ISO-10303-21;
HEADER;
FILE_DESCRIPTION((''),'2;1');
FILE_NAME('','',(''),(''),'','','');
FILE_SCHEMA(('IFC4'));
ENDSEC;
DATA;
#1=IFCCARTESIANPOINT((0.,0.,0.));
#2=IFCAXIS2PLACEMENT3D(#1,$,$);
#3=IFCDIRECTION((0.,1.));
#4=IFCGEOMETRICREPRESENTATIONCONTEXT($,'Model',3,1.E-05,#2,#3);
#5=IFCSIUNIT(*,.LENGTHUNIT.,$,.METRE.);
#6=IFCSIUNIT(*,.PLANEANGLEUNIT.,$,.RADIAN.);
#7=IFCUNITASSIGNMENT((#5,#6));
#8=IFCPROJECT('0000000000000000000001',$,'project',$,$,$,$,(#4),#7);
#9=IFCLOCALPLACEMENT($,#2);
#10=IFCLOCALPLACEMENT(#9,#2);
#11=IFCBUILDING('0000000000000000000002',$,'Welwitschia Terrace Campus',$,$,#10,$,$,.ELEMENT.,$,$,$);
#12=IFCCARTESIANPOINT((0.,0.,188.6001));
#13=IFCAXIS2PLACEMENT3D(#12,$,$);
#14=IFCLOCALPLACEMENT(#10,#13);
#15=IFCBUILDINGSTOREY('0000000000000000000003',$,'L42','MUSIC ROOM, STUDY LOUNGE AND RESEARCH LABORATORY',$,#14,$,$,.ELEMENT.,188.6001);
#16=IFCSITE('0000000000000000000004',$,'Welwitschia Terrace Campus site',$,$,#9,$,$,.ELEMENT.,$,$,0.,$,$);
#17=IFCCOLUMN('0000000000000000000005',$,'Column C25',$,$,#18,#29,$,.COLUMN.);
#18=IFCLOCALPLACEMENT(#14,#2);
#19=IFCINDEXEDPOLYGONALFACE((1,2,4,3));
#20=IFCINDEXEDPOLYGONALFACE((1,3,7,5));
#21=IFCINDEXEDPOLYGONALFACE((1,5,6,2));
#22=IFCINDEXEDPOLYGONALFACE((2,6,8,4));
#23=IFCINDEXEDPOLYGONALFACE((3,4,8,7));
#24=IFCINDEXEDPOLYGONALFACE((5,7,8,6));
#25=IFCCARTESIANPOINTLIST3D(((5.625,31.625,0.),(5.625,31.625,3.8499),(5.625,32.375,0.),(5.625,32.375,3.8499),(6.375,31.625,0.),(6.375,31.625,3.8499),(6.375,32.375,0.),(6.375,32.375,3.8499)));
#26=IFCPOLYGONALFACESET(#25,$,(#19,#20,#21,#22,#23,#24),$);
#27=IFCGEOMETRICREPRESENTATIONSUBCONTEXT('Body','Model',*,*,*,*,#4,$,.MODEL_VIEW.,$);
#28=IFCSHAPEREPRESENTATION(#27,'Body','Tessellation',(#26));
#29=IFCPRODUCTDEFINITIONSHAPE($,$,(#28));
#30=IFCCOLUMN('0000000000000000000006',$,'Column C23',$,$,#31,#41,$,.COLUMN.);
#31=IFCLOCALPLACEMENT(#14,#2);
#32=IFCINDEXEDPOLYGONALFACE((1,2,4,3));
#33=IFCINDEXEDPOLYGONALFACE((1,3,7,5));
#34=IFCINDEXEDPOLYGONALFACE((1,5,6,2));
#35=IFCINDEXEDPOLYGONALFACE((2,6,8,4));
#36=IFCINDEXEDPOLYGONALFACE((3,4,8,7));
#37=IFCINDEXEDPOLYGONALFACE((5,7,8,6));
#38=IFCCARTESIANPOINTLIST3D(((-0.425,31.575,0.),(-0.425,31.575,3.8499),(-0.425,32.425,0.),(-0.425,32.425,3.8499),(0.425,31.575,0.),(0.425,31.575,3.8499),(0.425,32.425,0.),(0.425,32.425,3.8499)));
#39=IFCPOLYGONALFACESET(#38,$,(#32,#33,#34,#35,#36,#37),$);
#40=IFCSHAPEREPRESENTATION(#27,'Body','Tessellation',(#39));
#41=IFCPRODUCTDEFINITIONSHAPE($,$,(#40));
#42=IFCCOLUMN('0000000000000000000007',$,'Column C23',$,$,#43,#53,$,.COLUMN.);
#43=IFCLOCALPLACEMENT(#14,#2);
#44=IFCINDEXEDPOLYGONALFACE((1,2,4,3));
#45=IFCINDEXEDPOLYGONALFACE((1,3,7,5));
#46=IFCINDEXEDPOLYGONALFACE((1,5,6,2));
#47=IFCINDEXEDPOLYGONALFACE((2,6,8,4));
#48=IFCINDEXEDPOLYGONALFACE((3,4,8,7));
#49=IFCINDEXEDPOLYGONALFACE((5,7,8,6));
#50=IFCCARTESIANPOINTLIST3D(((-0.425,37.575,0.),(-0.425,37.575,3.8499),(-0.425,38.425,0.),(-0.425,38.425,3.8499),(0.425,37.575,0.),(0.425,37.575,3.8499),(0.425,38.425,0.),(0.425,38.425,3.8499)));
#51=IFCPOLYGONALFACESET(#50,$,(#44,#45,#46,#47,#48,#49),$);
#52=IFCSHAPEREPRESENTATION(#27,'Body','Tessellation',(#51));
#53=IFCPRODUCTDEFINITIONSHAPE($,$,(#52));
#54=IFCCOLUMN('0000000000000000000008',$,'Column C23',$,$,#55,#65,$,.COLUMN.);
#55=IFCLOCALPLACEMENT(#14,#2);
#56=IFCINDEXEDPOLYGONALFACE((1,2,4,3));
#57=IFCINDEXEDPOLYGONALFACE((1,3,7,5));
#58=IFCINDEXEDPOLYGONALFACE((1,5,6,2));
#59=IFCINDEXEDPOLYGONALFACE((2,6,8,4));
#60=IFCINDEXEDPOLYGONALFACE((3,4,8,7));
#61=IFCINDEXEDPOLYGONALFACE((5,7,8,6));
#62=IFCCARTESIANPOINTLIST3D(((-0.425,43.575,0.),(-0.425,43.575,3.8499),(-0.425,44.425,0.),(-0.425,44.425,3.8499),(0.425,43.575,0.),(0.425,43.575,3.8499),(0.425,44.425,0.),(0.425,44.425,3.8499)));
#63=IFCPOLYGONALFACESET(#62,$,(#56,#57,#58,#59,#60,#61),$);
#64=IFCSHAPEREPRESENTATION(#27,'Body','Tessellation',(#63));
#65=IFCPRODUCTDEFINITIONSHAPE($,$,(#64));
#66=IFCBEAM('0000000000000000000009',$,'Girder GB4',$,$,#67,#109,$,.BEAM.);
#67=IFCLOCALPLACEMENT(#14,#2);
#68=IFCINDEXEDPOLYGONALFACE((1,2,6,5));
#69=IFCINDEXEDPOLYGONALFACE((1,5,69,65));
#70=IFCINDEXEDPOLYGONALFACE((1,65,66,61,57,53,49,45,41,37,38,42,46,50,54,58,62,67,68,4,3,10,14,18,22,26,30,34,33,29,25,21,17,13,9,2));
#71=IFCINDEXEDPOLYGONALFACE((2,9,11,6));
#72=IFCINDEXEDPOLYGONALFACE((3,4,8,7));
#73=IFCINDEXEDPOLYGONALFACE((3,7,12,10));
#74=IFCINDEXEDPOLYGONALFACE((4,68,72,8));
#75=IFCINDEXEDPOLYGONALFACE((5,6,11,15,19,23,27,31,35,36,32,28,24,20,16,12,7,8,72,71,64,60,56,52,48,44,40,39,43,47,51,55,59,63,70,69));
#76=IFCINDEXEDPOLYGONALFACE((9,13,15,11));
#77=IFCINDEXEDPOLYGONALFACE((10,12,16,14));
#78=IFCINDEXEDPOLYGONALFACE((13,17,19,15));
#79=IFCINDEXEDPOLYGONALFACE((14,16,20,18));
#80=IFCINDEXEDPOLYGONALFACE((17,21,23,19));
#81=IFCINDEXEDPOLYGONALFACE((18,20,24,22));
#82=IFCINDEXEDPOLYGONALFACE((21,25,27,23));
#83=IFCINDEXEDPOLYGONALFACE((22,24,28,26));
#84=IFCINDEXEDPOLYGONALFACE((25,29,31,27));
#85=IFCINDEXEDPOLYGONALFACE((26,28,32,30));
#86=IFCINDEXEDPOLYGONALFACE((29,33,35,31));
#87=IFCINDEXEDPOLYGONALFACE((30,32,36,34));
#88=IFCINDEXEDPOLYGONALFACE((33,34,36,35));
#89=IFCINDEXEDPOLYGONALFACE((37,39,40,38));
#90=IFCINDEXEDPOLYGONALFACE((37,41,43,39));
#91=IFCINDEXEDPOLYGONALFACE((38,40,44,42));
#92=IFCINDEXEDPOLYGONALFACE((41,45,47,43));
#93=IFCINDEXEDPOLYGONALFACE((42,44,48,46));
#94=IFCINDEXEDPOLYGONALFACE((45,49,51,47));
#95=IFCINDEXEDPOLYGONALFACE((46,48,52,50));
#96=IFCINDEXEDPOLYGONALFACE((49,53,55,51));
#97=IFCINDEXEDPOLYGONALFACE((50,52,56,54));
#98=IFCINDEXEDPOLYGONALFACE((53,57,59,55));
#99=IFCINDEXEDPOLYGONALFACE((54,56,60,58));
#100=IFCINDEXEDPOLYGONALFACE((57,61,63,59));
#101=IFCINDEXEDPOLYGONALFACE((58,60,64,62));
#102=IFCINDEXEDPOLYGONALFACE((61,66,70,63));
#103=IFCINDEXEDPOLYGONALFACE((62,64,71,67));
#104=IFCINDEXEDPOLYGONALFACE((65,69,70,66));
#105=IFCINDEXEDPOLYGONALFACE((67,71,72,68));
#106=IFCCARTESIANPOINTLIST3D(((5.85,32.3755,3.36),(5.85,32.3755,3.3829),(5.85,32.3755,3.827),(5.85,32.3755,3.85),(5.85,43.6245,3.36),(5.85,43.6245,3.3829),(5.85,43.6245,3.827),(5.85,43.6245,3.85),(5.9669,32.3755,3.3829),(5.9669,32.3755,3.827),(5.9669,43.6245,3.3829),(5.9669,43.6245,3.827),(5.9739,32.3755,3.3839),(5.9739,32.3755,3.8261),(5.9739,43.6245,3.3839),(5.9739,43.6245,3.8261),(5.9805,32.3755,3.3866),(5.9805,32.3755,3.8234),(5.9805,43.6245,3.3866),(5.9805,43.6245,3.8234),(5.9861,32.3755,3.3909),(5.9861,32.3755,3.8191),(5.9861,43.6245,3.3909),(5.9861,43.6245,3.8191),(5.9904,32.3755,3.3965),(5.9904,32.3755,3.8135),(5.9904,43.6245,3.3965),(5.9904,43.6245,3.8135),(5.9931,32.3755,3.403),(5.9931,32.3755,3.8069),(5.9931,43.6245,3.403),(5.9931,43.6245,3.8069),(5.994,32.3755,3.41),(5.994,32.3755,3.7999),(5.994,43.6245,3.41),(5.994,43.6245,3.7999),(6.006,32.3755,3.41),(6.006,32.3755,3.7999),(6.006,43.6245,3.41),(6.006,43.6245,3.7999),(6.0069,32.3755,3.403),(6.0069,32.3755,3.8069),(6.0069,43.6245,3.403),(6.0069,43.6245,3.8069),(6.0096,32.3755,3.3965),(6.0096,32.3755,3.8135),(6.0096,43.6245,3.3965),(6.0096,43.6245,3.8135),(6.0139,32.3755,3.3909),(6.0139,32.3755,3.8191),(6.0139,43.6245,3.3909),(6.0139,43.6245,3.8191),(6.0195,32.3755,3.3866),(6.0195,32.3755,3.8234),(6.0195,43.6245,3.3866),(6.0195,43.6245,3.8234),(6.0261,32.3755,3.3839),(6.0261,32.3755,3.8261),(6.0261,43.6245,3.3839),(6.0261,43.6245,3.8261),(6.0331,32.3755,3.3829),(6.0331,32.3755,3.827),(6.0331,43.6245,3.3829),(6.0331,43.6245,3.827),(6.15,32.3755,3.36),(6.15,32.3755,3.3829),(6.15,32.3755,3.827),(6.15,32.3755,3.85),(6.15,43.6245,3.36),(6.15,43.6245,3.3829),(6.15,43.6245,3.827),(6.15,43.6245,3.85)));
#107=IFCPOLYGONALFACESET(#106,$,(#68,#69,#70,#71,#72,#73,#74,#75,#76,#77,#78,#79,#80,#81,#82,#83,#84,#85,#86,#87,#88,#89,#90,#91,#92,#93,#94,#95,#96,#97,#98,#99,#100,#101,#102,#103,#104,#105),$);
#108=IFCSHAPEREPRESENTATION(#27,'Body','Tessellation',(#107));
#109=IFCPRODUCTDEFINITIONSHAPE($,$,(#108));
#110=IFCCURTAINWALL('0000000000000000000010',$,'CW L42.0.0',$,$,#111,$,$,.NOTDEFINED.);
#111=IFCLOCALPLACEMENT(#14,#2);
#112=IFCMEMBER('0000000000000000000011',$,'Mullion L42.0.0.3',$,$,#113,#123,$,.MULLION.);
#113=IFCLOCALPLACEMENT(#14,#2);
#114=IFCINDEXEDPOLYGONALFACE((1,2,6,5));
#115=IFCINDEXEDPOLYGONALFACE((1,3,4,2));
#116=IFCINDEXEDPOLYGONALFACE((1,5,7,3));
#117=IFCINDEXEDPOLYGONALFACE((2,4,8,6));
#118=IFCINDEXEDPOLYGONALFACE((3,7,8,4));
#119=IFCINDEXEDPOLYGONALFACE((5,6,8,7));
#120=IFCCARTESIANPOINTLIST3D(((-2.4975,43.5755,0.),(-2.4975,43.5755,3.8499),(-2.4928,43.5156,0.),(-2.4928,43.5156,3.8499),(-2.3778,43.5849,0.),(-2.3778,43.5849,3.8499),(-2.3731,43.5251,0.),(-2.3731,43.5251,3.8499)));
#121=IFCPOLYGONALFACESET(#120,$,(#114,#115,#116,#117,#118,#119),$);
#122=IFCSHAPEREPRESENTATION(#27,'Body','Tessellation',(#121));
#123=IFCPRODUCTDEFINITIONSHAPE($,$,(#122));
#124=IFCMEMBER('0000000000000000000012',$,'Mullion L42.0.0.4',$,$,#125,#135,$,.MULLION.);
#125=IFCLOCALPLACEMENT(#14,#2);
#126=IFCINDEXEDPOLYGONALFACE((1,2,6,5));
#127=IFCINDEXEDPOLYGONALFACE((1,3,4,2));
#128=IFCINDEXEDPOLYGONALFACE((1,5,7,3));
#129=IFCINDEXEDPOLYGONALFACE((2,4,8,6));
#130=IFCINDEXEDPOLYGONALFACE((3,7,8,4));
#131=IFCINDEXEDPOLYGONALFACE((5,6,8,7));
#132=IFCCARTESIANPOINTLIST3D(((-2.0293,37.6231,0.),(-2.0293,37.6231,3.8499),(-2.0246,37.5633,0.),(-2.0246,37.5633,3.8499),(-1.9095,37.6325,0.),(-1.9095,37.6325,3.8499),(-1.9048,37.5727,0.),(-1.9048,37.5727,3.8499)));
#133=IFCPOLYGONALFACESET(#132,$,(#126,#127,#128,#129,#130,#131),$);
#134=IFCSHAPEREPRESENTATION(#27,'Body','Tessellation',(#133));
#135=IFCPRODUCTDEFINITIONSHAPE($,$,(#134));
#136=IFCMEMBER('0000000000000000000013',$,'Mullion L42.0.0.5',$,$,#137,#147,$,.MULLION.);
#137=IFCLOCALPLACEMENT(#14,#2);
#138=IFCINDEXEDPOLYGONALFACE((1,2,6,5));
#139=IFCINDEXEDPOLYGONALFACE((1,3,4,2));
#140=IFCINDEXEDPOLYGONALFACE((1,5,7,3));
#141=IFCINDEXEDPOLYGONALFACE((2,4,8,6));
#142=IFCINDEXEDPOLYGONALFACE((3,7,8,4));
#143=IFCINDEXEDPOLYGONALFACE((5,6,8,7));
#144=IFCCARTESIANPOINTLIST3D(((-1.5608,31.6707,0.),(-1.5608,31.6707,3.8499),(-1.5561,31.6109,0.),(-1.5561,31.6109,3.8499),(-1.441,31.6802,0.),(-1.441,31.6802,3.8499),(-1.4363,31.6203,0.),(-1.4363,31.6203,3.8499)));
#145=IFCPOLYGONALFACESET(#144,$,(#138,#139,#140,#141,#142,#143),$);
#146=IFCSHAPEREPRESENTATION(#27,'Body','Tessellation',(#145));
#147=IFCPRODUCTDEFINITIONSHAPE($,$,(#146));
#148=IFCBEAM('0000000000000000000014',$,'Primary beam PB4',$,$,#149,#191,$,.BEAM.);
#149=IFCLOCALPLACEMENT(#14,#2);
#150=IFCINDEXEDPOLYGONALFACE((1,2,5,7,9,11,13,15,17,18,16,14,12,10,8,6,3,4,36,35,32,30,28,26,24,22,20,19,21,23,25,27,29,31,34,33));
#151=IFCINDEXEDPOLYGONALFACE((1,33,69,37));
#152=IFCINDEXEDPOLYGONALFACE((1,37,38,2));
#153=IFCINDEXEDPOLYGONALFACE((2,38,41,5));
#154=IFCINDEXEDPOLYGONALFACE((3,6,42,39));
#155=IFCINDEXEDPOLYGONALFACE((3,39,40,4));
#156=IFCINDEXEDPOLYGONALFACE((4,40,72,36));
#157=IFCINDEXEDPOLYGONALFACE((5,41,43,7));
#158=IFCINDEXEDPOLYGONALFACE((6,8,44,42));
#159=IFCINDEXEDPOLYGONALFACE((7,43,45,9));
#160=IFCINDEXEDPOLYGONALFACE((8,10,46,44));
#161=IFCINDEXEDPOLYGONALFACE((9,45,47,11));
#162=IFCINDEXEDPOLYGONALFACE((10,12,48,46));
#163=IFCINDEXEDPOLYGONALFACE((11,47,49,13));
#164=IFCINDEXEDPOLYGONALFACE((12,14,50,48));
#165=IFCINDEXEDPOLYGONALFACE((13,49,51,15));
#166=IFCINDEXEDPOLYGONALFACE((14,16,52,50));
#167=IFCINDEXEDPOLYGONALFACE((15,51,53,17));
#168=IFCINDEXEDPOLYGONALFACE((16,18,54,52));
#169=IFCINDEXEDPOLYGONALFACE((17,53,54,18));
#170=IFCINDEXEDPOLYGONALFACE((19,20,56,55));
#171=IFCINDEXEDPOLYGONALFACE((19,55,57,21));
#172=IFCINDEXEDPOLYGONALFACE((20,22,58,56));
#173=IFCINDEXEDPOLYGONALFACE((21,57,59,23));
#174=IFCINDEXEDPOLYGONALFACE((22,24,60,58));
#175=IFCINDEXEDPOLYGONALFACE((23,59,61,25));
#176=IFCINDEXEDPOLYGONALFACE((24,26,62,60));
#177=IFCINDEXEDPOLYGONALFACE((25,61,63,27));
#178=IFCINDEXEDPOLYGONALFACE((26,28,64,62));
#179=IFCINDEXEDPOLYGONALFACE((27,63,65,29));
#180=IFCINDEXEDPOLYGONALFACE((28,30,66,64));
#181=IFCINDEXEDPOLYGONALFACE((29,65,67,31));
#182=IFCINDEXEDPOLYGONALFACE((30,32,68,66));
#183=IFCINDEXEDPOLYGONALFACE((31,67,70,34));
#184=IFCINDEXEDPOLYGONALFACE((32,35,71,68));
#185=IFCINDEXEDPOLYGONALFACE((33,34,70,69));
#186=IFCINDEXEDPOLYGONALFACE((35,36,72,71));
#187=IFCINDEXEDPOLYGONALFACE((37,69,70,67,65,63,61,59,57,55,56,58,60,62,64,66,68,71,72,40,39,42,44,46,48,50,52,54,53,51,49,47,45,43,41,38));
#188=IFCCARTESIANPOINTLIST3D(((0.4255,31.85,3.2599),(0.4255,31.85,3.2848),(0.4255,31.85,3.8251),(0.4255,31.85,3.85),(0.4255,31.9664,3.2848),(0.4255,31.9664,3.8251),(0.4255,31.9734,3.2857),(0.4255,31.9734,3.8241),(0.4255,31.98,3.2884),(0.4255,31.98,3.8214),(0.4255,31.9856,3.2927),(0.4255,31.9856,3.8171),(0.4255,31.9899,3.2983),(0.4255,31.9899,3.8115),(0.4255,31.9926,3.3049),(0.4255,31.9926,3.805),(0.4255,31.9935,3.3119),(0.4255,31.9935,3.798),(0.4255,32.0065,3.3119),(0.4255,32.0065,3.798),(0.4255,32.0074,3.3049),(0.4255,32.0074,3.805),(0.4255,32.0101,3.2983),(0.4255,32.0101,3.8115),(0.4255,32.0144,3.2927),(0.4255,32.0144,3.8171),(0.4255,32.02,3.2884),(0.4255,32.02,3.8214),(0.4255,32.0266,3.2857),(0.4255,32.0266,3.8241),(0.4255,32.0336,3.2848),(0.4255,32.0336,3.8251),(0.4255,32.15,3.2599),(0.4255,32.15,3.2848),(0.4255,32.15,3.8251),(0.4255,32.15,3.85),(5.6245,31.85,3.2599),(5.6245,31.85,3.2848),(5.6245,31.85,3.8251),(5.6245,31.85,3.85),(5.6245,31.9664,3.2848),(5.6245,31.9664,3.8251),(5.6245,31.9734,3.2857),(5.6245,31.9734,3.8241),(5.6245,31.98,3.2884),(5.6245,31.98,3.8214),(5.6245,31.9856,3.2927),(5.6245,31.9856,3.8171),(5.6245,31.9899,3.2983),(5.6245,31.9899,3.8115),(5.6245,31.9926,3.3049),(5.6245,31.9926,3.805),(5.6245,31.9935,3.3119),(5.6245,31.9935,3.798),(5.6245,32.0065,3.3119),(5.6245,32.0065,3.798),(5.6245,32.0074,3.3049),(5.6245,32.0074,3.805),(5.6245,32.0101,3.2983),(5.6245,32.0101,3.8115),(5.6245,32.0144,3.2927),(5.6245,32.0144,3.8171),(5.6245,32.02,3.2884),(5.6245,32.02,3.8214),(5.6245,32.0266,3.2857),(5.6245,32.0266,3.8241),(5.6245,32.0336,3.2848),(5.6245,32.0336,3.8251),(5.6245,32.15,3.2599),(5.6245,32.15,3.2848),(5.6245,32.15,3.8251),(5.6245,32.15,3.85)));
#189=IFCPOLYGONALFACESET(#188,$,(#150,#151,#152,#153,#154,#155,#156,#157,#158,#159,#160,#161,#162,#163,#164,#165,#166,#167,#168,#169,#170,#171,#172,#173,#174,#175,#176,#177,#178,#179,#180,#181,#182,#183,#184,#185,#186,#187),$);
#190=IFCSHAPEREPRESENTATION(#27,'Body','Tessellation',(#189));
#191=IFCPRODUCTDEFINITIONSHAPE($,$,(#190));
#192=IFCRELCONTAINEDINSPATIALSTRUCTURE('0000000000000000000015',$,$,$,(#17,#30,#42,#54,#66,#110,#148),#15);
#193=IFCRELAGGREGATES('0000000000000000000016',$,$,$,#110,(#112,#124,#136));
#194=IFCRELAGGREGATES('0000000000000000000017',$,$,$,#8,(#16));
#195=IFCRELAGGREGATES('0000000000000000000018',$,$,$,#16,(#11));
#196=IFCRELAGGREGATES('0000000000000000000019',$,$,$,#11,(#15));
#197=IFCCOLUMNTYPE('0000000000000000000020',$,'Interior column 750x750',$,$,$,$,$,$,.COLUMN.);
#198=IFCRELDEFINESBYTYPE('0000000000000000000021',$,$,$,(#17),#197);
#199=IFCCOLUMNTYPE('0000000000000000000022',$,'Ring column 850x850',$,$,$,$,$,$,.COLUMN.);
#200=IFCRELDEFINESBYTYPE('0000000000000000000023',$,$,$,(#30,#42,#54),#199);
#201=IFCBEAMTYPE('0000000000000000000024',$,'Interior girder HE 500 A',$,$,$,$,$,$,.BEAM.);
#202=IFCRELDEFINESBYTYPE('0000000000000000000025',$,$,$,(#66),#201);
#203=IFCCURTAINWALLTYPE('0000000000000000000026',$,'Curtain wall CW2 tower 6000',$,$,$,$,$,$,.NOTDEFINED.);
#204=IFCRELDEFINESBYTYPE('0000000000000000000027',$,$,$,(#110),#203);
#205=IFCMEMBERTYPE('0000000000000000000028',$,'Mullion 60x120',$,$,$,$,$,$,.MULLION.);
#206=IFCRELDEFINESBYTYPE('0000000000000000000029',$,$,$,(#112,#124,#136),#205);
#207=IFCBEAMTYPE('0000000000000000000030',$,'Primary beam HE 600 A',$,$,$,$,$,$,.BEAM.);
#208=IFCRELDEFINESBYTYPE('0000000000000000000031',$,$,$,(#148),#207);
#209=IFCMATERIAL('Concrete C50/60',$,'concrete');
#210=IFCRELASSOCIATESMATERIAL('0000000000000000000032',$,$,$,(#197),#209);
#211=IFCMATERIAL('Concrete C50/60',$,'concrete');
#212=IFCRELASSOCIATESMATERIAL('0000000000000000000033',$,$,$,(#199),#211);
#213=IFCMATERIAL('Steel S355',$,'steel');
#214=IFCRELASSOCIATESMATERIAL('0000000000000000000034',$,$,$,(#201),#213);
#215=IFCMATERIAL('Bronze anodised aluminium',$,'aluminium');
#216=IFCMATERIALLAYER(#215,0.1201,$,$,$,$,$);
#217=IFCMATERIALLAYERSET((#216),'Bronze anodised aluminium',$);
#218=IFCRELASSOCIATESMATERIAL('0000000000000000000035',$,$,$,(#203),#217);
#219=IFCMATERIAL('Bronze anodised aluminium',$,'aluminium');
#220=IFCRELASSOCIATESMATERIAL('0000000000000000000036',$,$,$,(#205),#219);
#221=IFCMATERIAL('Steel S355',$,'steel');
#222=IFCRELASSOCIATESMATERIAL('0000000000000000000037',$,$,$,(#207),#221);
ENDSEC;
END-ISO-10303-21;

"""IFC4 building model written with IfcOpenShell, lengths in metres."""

from ifc_helpers import new_model, si_unit, direction, frame, origin, origin_2d, place, context, subcontext, project, spatial, rectangle, i_section, extrude, material, layer, layer_set, material_profile, profile_set, type_object, element, aggregate, save


model = new_model("IFC4")

# Units and contexts
model_context = context("Model", 3, precision=1e-05, world=origin(), true_north=direction((0.0, 1.0)))
body_context = subcontext(model_context, "Body", "Model", "MODEL_VIEW")
ifc_project = project(units=[si_unit("LENGTHUNIT", "METRE"), si_unit("PLANEANGLEUNIT", "RADIAN")], contexts=[model_context])

# Site, building, storey
site_placement = place(None, origin())
site = spatial("IfcSite", under=ifc_project, at=site_placement, Name="Welwitschia Terrace Campus site", CompositionType="ELEMENT", RefElevation=0.0)
building_placement = place(site_placement, origin())
building = spatial("IfcBuilding", under=site, at=building_placement, Name="Welwitschia Terrace Campus", CompositionType="ELEMENT")
storey_placement = place(building_placement, frame((0.0, 0.0, 188.6001)))
storey = spatial("IfcBuildingStorey", under=building, at=storey_placement, Name="L42", Description="MUSIC ROOM, STUDY LOUNGE AND RESEARCH LABORATORY", CompositionType="ELEMENT", Elevation=188.6001)

# Columns
ifc_material_1 = material(Name="Concrete C50/60", Category="concrete")
ifc_material_profile_1 = material_profile(ifc_material_1, rectangle(XDim=0.75, YDim=0.75, at=origin_2d()))
ifc_profile_set_1 = profile_set([ifc_material_profile_1], Name="Concrete C50/60")
column_type_1 = type_object("IfcColumnType", Name="Interior column 750x750", PredefinedType="COLUMN", material=ifc_profile_set_1)
column_placement = place(storey_placement, frame((6.0, 32.0, 0.0), z_axis=(0.0, 0.0, 1.0), x_axis=(1.0, 0.0, 0.0)))
element("IfcColumn", 1, at=column_placement, inside=storey, type_object=column_type_1, Name="Column C25", PredefinedType="COLUMN", context=body_context, shape_type="SweptSolid", body=[
    extrude(rectangle(XDim=0.75, YDim=0.75, at=origin_2d()), origin(), (0.0, 0.0, 1.0), 3.8499),
])
ifc_material_2 = material(Name="Concrete C50/60", Category="concrete")
ifc_material_profile_2 = material_profile(ifc_material_2, rectangle(XDim=0.8501, YDim=0.8501, at=origin_2d()))
ifc_profile_set_2 = profile_set([ifc_material_profile_2], Name="Concrete C50/60")
column_type_2 = type_object("IfcColumnType", Name="Ring column 850x850", PredefinedType="COLUMN", material=ifc_profile_set_2)
for number, where, z_axis, x_axis, name in (
    (2, (0.0, 32.0, 0.0), (0.0, 0.0, 1.0), (1.0, 0.0, 0.0), "Column C23"),
    (3, (0.0, 38.0, 0.0), (0.0, 0.0, 1.0), (1.0, 0.0, 0.0), "Column C23"),
    (4, (0.0, 44.0, 0.0), (0.0, 0.0, 1.0), (1.0, 0.0, 0.0), "Column C23"),
):
    element("IfcColumn", number, at=place(storey_placement, frame(where, z_axis=z_axis, x_axis=x_axis)), inside=storey, type_object=column_type_2, Name=name, PredefinedType="COLUMN", context=body_context, shape_type="SweptSolid", body=[
        extrude(rectangle(XDim=0.8501, YDim=0.8501, at=origin_2d()), origin(), (0.0, 0.0, 1.0), 3.8499),
    ])

# Beam
ifc_material_3 = material(Name="Steel S355", Category="steel")
ifc_material_profile_3 = material_profile(ifc_material_3, i_section(OverallWidth=0.3, OverallDepth=0.49, WebThickness=0.012, FlangeThickness=0.0229, FilletRadius=0.0271, at=origin_2d()))
ifc_profile_set_3 = profile_set([ifc_material_profile_3], Name="Steel S355")
beam_type_1 = type_object("IfcBeamType", Name="Interior girder HE 500 A", PredefinedType="BEAM", material=ifc_profile_set_3)
beam_1_placement = place(storey_placement, frame((6.0, 32.3755, 3.605), z_axis=(0.0, 1.0, 0.0), x_axis=(-1.0, 0.0, 0.0)))
element("IfcBeam", 5, at=beam_1_placement, inside=storey, type_object=beam_type_1, Name="Girder GB4", PredefinedType="BEAM", context=body_context, shape_type="SweptSolid", body=[
    extrude(i_section(OverallWidth=0.3, OverallDepth=0.49, WebThickness=0.012, FlangeThickness=0.0229, FilletRadius=0.0271, at=origin_2d()), origin(), (0.0, 0.0, 1.0), 11.249),
])

# Curtain wall, members
ifc_material_4 = material(Name="Bronze anodised aluminium", Category="aluminium")
ifc_layer_1 = layer(ifc_material_4, 0.1201)
ifc_layer_set_1 = layer_set([ifc_layer_1], Name="Bronze anodised aluminium")
curtain_wall_type = type_object("IfcCurtainWallType", Name="Curtain wall CW2 tower 6000", PredefinedType="NOTDEFINED", material=ifc_layer_set_1)
curtain_wall_placement = place(storey_placement, origin())
curtain_wall = element("IfcCurtainWall", 6, at=curtain_wall_placement, inside=storey, type_object=curtain_wall_type, Name="CW L42.0.0", PredefinedType="NOTDEFINED")
ifc_material_5 = material(Name="Bronze anodised aluminium", Category="aluminium")
ifc_material_profile_4 = material_profile(ifc_material_5, rectangle(XDim=0.1201, YDim=0.0601, at=origin_2d()))
ifc_profile_set_4 = profile_set([ifc_material_profile_4], Name="Bronze anodised aluminium")
member_type = type_object("IfcMemberType", Name="Mullion 60x120", PredefinedType="MULLION", material=ifc_profile_set_4)
member_1_placement = place(storey_placement, frame((-2.4353, 43.5503, 0.0), z_axis=(0.0, 0.0, 1.0), x_axis=(0.996917, 0.078459, 0.0)))
member_1 = element("IfcMember", 7, at=member_1_placement, type_object=member_type, Name="Mullion L42.0.0.3", PredefinedType="MULLION", context=body_context, shape_type="SweptSolid", body=[
    extrude(rectangle(XDim=0.1201, YDim=0.0601, at=origin_2d()), origin(), (0.0, 0.0, 1.0), 3.8499),
])
member_2_placement = place(storey_placement, frame((-1.967, 37.5979, 0.0), z_axis=(0.0, 0.0, 1.0), x_axis=(0.996917, 0.078459, 0.0)))
member_2 = element("IfcMember", 8, at=member_2_placement, type_object=member_type, Name="Mullion L42.0.0.4", PredefinedType="MULLION", context=body_context, shape_type="SweptSolid", body=[
    extrude(rectangle(XDim=0.1201, YDim=0.0601, at=origin_2d()), origin(), (0.0, 0.0, 1.0), 3.8499),
])
member_3_placement = place(storey_placement, frame((-1.4985, 31.6455, 0.0), z_axis=(0.0, 0.0, 1.0), x_axis=(0.996917, 0.078459, 0.0)))
member_3 = element("IfcMember", 9, at=member_3_placement, type_object=member_type, Name="Mullion L42.0.0.5", PredefinedType="MULLION", context=body_context, shape_type="SweptSolid", body=[
    extrude(rectangle(XDim=0.1201, YDim=0.0601, at=origin_2d()), origin(), (0.0, 0.0, 1.0), 3.8499),
])

# Beam
ifc_material_6 = material(Name="Steel S355", Category="steel")
ifc_material_profile_5 = material_profile(ifc_material_6, i_section(OverallWidth=0.3, OverallDepth=0.5901, WebThickness=0.0129, FlangeThickness=0.0249, FilletRadius=0.0271, at=origin_2d()))
ifc_profile_set_5 = profile_set([ifc_material_profile_5], Name="Steel S355")
beam_type_2 = type_object("IfcBeamType", Name="Primary beam HE 600 A", PredefinedType="BEAM", material=ifc_profile_set_5)
beam_2_placement = place(storey_placement, frame((0.4255, 32.0, 3.5549), z_axis=(1.0, 0.0, 0.0), x_axis=(0.0, 1.0, 0.0)))
element("IfcBeam", 10, at=beam_2_placement, inside=storey, type_object=beam_type_2, Name="Primary beam PB4", PredefinedType="BEAM", context=body_context, shape_type="SweptSolid", body=[
    extrude(i_section(OverallWidth=0.3, OverallDepth=0.5901, WebThickness=0.0129, FlangeThickness=0.0249, FilletRadius=0.0271, at=origin_2d()), origin(), (0.0, 0.0, 1.0), 5.199),
])

aggregate(curtain_wall, [member_1, member_2, member_3])

save(model, "model.ifc")
